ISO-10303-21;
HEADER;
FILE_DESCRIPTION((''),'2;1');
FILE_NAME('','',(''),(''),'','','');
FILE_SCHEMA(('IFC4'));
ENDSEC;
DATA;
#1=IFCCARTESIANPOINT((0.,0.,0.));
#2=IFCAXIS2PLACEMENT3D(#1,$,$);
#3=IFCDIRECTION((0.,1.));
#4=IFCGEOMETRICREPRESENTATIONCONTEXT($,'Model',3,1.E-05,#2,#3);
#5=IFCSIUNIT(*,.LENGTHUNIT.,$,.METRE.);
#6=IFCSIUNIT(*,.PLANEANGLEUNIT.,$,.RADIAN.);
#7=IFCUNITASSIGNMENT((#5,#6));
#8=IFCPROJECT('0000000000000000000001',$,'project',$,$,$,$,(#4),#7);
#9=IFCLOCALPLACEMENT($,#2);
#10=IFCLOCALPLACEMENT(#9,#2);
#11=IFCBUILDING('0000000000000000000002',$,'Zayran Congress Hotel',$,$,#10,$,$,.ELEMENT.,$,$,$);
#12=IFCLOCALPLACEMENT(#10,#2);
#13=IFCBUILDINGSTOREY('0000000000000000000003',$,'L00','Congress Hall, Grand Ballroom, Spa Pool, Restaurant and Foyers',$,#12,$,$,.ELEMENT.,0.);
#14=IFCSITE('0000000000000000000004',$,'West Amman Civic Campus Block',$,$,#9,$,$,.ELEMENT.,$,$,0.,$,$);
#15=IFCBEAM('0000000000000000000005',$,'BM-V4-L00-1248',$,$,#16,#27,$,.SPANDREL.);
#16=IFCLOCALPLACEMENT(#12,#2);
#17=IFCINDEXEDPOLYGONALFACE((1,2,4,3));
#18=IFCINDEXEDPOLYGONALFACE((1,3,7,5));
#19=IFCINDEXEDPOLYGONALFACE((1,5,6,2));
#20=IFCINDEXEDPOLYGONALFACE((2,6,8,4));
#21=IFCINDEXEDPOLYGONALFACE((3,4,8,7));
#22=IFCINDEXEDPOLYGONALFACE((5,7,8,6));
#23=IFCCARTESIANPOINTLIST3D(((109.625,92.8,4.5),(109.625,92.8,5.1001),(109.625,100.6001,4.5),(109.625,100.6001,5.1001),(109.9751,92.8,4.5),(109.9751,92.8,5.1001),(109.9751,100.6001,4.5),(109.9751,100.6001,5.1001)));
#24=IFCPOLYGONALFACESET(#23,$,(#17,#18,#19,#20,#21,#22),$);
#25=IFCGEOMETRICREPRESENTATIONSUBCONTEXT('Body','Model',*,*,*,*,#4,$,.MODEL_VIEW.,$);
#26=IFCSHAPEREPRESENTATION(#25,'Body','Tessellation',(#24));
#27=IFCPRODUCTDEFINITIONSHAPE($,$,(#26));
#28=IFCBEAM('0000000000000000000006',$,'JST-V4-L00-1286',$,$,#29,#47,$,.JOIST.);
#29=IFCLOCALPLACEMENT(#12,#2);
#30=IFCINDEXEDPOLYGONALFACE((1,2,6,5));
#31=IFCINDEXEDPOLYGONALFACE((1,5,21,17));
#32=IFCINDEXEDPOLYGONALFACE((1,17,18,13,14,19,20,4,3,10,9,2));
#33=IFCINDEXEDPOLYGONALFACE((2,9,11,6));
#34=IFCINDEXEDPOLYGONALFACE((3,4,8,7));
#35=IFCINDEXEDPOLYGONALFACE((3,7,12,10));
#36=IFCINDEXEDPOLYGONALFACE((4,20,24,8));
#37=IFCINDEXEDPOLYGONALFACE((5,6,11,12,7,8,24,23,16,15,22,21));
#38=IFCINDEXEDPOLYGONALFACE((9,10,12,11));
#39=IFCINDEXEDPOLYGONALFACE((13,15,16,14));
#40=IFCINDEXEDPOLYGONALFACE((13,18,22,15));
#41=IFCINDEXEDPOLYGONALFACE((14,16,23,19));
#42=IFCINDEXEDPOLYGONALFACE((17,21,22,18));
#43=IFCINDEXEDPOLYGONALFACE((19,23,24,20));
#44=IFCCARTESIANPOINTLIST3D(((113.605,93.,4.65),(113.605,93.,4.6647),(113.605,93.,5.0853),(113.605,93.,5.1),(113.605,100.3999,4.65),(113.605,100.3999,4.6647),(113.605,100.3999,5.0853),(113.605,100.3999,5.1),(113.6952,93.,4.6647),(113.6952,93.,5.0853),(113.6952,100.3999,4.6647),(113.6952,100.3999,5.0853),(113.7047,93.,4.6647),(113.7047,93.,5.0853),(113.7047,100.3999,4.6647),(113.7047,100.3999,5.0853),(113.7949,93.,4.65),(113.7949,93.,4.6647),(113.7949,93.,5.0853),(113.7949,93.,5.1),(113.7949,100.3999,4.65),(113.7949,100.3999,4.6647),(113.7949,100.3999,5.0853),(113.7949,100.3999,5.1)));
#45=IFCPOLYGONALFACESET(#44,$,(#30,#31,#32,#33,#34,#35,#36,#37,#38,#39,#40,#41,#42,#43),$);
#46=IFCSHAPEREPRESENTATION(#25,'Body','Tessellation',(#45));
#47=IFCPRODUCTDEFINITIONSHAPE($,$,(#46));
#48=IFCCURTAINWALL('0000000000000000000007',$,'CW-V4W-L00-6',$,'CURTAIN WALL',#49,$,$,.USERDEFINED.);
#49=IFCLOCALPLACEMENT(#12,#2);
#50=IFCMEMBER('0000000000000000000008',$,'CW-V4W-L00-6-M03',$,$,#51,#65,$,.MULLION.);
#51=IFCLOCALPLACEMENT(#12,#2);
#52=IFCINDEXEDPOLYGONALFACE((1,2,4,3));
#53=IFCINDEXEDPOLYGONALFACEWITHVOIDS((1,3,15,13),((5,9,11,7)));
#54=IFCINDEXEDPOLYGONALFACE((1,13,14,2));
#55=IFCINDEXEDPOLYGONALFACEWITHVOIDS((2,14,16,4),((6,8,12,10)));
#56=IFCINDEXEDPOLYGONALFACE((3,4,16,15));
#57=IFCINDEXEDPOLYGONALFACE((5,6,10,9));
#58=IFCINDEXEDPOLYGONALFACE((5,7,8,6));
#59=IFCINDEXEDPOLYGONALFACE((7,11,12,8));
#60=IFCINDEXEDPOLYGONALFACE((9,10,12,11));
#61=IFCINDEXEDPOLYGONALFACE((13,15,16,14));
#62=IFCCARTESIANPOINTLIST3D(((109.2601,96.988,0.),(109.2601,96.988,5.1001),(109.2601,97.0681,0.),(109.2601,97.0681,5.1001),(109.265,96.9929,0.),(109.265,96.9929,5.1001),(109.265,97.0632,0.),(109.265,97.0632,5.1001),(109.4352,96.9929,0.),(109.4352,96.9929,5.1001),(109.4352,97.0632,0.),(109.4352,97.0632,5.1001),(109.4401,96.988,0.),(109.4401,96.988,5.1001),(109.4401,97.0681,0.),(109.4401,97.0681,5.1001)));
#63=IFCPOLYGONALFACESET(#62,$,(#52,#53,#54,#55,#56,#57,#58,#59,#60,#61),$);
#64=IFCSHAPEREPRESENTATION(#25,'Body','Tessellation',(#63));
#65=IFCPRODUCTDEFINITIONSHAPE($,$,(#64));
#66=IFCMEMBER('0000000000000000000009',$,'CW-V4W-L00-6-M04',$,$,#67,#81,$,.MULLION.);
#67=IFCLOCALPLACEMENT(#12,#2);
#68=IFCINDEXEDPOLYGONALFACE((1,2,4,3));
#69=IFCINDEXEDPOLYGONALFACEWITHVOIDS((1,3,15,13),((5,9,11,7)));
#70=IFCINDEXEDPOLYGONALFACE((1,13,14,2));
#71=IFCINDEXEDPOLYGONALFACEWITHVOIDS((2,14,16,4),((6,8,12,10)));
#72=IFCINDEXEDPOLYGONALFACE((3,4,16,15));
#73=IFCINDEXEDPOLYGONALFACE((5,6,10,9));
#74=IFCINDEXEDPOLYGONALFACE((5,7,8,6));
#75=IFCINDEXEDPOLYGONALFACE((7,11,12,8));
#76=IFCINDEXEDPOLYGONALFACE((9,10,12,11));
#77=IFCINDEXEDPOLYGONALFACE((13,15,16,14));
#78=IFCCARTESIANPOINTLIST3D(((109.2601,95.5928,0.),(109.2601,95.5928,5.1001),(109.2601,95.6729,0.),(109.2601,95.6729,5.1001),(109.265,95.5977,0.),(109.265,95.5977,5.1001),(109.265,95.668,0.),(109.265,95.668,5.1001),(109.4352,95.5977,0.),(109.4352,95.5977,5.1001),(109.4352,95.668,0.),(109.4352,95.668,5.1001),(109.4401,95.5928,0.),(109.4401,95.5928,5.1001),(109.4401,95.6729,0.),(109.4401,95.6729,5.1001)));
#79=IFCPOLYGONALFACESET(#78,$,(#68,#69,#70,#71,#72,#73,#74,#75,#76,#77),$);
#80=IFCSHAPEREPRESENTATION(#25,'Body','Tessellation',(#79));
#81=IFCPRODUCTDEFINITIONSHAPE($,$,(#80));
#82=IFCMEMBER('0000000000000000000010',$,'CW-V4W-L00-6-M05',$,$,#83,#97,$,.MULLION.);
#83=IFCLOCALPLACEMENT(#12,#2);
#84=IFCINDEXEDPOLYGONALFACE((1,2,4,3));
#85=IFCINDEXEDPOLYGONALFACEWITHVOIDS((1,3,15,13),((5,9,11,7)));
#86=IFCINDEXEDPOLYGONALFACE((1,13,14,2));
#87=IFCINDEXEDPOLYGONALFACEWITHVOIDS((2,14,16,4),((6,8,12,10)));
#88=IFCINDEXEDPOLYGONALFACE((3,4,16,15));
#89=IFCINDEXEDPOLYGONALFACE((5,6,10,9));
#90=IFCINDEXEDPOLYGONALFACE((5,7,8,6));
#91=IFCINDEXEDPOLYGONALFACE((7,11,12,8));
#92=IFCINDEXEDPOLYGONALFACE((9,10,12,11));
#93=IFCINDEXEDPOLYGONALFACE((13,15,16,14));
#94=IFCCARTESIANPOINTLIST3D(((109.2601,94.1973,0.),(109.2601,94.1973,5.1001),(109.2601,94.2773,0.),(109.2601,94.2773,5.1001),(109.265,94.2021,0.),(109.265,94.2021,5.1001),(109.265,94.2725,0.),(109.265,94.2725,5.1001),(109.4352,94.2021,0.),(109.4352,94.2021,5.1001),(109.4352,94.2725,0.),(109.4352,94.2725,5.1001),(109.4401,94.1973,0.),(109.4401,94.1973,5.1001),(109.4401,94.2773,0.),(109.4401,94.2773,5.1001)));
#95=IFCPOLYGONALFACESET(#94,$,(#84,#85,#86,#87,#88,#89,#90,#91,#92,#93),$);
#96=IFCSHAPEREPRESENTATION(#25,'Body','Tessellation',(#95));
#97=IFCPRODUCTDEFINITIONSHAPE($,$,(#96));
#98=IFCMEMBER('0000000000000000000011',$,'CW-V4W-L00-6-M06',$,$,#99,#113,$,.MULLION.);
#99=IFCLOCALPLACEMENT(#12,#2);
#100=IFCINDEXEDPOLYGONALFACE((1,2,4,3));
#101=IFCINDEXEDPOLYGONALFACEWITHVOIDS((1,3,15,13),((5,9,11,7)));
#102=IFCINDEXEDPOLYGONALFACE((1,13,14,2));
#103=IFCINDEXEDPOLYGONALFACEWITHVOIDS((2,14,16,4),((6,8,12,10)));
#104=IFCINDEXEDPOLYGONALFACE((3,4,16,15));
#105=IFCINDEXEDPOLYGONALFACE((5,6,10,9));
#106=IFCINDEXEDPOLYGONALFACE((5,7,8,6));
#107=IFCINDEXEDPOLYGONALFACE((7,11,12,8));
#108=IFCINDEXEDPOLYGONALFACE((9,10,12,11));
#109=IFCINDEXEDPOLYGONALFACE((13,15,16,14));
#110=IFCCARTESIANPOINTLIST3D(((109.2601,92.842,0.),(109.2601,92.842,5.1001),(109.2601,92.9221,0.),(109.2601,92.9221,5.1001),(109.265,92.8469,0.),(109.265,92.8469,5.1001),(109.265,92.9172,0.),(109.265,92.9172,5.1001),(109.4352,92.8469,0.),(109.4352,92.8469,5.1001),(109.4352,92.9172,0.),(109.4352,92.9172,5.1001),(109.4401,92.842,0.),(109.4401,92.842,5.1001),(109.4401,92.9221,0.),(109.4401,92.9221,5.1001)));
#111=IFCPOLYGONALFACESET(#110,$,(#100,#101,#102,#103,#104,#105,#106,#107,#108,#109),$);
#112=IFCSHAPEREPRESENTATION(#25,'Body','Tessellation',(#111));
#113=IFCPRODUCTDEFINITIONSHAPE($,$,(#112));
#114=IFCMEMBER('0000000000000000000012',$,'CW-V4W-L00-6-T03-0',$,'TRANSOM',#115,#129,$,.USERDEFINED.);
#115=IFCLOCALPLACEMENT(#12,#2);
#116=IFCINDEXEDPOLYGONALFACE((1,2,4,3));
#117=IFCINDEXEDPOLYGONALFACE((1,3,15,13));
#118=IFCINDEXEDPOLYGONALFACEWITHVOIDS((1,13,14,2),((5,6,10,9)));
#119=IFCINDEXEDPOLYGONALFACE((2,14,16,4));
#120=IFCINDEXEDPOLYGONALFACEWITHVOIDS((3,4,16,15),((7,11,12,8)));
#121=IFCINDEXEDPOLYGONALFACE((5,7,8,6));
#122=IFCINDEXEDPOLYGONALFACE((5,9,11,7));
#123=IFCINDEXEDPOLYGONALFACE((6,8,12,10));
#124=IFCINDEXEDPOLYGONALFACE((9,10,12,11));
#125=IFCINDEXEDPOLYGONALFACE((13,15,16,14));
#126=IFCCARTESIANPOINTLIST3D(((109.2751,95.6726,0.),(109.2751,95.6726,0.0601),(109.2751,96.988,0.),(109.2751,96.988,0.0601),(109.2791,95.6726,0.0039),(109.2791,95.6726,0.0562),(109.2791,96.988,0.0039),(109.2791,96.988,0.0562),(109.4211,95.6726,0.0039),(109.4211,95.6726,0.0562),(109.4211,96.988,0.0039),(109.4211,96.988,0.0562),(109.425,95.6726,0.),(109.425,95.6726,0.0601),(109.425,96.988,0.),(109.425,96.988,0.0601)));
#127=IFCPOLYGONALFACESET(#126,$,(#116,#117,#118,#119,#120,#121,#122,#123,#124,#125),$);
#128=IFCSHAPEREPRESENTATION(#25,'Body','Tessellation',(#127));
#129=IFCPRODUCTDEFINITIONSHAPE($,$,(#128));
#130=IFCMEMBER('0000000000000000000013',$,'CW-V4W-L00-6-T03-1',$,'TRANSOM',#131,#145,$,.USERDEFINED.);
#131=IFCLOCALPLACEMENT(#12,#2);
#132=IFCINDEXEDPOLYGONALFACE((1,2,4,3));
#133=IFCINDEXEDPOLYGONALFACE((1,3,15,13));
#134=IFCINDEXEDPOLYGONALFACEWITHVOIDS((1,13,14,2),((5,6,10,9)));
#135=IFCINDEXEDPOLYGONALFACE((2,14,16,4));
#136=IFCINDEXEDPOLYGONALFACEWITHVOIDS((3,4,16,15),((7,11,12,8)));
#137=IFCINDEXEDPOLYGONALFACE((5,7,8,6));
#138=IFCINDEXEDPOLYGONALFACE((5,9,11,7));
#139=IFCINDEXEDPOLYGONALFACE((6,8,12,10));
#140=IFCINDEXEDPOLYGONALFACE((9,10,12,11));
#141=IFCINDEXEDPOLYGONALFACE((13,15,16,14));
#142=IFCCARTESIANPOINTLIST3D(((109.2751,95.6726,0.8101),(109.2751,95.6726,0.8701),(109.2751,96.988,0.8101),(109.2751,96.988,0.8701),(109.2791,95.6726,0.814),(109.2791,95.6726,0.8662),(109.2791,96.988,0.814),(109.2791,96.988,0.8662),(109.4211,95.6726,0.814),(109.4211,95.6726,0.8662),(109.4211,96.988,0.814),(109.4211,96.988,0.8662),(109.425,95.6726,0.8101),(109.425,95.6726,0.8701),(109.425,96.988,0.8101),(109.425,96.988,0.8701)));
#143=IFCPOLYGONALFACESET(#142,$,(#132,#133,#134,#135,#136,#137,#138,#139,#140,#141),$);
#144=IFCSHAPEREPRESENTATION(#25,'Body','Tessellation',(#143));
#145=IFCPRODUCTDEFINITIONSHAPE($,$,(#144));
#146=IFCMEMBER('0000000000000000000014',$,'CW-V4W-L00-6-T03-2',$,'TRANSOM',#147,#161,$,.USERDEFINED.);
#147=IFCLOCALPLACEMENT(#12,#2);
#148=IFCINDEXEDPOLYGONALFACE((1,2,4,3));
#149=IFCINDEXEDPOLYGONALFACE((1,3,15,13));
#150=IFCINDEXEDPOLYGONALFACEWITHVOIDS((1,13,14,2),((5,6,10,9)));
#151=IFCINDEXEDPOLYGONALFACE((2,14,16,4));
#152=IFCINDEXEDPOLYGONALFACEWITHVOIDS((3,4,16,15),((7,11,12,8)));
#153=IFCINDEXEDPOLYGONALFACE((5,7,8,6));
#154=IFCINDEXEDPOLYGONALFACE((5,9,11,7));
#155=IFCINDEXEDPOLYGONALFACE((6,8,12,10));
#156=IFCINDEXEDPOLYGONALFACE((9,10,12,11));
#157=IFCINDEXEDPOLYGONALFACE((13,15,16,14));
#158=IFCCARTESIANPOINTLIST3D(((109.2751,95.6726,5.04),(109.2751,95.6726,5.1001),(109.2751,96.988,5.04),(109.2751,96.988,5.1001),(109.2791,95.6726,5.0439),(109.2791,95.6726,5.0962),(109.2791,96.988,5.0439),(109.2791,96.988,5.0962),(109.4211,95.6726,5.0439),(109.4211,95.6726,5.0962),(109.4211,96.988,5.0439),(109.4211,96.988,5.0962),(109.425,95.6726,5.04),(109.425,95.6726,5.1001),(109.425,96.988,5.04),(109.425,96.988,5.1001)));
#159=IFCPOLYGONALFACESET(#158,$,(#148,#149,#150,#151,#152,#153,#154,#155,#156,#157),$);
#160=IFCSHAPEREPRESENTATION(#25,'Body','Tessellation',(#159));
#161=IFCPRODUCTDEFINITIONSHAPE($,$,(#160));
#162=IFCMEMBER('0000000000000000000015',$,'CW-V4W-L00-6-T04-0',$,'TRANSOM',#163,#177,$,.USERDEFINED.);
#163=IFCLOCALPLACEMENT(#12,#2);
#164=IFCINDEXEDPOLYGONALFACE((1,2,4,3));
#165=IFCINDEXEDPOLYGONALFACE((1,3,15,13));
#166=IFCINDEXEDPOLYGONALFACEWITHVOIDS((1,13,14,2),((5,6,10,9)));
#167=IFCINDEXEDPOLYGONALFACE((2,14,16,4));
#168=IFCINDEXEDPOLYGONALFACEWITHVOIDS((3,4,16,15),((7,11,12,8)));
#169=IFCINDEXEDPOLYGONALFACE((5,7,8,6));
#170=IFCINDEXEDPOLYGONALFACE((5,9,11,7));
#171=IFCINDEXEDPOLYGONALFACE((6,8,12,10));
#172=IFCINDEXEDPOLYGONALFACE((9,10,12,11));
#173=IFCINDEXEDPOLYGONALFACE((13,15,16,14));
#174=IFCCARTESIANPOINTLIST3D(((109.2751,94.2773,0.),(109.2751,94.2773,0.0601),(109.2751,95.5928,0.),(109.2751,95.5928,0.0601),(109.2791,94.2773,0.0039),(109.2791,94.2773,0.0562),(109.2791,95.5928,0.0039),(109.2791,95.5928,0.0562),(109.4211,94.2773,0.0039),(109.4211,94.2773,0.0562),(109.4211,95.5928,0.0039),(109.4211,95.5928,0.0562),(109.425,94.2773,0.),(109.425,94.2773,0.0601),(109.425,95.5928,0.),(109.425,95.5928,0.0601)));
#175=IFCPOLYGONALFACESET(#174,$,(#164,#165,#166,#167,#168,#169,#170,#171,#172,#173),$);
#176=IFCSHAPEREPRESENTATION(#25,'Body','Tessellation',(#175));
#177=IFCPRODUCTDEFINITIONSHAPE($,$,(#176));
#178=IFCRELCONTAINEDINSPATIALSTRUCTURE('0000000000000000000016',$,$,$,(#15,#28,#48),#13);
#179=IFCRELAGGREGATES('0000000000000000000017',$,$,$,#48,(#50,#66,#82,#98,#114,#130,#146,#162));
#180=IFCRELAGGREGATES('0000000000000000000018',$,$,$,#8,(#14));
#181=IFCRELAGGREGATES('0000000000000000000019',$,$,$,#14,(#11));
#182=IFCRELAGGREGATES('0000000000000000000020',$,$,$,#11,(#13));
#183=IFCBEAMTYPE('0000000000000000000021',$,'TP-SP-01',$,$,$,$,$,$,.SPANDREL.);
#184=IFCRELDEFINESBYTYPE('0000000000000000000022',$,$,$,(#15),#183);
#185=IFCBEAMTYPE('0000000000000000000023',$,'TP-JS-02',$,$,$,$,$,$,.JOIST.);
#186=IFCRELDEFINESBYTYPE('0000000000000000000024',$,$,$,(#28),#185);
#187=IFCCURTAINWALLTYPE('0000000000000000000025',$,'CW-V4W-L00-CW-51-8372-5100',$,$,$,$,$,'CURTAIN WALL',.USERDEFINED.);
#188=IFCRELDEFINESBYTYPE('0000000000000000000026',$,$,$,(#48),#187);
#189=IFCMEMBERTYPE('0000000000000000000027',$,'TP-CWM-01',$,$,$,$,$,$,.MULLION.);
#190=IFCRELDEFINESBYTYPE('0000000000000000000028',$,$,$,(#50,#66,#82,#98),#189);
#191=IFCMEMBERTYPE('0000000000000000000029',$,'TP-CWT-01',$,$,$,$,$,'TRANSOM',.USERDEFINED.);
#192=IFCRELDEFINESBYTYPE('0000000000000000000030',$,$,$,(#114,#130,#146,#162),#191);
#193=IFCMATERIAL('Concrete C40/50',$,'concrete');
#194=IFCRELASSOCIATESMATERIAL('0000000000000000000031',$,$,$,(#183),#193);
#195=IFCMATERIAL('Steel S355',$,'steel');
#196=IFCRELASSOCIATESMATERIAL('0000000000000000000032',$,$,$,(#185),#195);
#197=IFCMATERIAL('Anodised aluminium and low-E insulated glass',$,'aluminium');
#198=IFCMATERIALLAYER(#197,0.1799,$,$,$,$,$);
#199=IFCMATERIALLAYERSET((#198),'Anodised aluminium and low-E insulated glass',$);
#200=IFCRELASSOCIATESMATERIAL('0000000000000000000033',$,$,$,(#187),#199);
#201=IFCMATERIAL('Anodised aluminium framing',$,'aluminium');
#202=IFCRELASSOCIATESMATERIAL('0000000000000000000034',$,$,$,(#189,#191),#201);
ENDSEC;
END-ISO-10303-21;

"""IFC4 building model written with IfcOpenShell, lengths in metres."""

from ifc_helpers import new_model, si_unit, direction, frame, origin, origin_2d, place, context, subcontext, project, spatial, rectangle, hollow_rectangle, i_section, extrude, material, layer, layer_set, material_profile, profile_set, type_object, element, aggregate, save


model = new_model("IFC4")

# Units and contexts
model_context = context("Model", 3, precision=1e-05, world=origin(), true_north=direction((0.0, 1.0)))
body_context = subcontext(model_context, "Body", "Model", "MODEL_VIEW")
ifc_project = project(units=[si_unit("LENGTHUNIT", "METRE"), si_unit("PLANEANGLEUNIT", "RADIAN")], contexts=[model_context])

# Site, building, storey
site_placement = place(None, origin())
site = spatial("IfcSite", under=ifc_project, at=site_placement, Name="West Amman Civic Campus Block", CompositionType="ELEMENT", RefElevation=0.0)
building_placement = place(site_placement, origin())
building = spatial("IfcBuilding", under=site, at=building_placement, Name="Zayran Congress Hotel", CompositionType="ELEMENT")
storey_placement = place(building_placement, origin())
storey = spatial("IfcBuildingStorey", under=building, at=storey_placement, Name="L00", Description="Congress Hall, Grand Ballroom, Spa Pool, Restaurant and Foyers", CompositionType="ELEMENT", Elevation=0.0)

# Beams
ifc_material_1 = material(Name="Concrete C40/50", Category="concrete")
ifc_material_profile_1 = material_profile(ifc_material_1, rectangle(XDim=0.3501, YDim=0.6001, at=origin_2d()), Name="RC 350x600")
ifc_profile_set_1 = profile_set([ifc_material_profile_1], Name="Concrete C40/50")
beam_type_1 = type_object("IfcBeamType", Name="TP-SP-01", PredefinedType="SPANDREL", material=ifc_profile_set_1)
beam_1_placement = place(storey_placement, frame((109.8, 92.8, 4.8), z_axis=(0.0, 1.0, 0.0), x_axis=(-1.0, 0.0, 0.0)))
element("IfcBeam", 1, at=beam_1_placement, inside=storey, type_object=beam_type_1, Name="BM-V4-L00-1248", PredefinedType="SPANDREL", context=body_context, shape_type="SweptSolid", body=[
    extrude(rectangle(XDim=0.3501, YDim=0.6001, at=origin_2d()), origin(), (0.0, 0.0, 1.0), 7.8),
])
ifc_material_2 = material(Name="Steel S355", Category="steel")
ifc_material_profile_2 = material_profile(ifc_material_2, i_section(OverallWidth=0.1899, OverallDepth=0.45, WebThickness=0.0095, FlangeThickness=0.0146, at=origin_2d()), Name="IPE 450")
ifc_profile_set_2 = profile_set([ifc_material_profile_2], Name="Steel S355")
beam_type_2 = type_object("IfcBeamType", Name="TP-JS-02", PredefinedType="JOIST", material=ifc_profile_set_2)
beam_2_placement = place(storey_placement, frame((113.7, 93.0, 4.875), z_axis=(0.0, 1.0, 0.0), x_axis=(-1.0, 0.0, 0.0)))
element("IfcBeam", 2, at=beam_2_placement, inside=storey, type_object=beam_type_2, Name="JST-V4-L00-1286", PredefinedType="JOIST", context=body_context, shape_type="SweptSolid", body=[
    extrude(i_section(OverallWidth=0.1899, OverallDepth=0.45, WebThickness=0.0095, FlangeThickness=0.0146, at=origin_2d()), origin(), (0.0, 0.0, 1.0), 7.3999),
])

# Curtain wall, members
ifc_material_3 = material(Name="Anodised aluminium and low-E insulated glass", Category="aluminium")
ifc_layer_1 = layer(ifc_material_3, 0.1799)
ifc_layer_set_1 = layer_set([ifc_layer_1], Name="Anodised aluminium and low-E insulated glass")
curtain_wall_type = type_object("IfcCurtainWallType", Name="CW-V4W-L00-CW-51-8372-5100", ElementType="CURTAIN WALL", PredefinedType="USERDEFINED", material=ifc_layer_set_1)
curtain_wall_placement = place(storey_placement, origin())
curtain_wall = element("IfcCurtainWall", 3, at=curtain_wall_placement, inside=storey, type_object=curtain_wall_type, Name="CW-V4W-L00-6", ObjectType="CURTAIN WALL", PredefinedType="USERDEFINED")
ifc_material_4 = material(Name="Anodised aluminium framing", Category="aluminium")
ifc_material_profile_3 = material_profile(ifc_material_4, hollow_rectangle(XDim=0.0801, YDim=0.1799, WallThickness=0.0049, at=origin_2d()), Name="RHS 180x80x5")
ifc_profile_set_3 = profile_set([ifc_material_profile_3], Name="Anodised aluminium framing")
member_type_1 = type_object("IfcMemberType", Name="TP-CWM-01", PredefinedType="MULLION", material=ifc_profile_set_3)
member_1_placement = place(storey_placement, frame((109.3501, 97.0281, 0.0), z_axis=(0.0, 0.0, 1.0), x_axis=(0.0, 1.0, 0.0)))
member_1 = element("IfcMember", 4, at=member_1_placement, type_object=member_type_1, Name="CW-V4W-L00-6-M03", PredefinedType="MULLION", context=body_context, shape_type="SweptSolid", body=[
    extrude(hollow_rectangle(XDim=0.0801, YDim=0.1799, WallThickness=0.0049, at=origin_2d()), origin(), (0.0, 0.0, 1.0), 5.1001),
])
member_2_placement = place(storey_placement, frame((109.3501, 95.6328, 0.0), z_axis=(0.0, 0.0, 1.0), x_axis=(0.0, 1.0, 0.0)))
member_2 = element("IfcMember", 5, at=member_2_placement, type_object=member_type_1, Name="CW-V4W-L00-6-M04", PredefinedType="MULLION", context=body_context, shape_type="SweptSolid", body=[
    extrude(hollow_rectangle(XDim=0.0801, YDim=0.1799, WallThickness=0.0049, at=origin_2d()), origin(), (0.0, 0.0, 1.0), 5.1001),
])
member_3_placement = place(storey_placement, frame((109.3501, 94.2373, 0.0), z_axis=(0.0, 0.0, 1.0), x_axis=(0.0, 1.0, 0.0)))
member_3 = element("IfcMember", 6, at=member_3_placement, type_object=member_type_1, Name="CW-V4W-L00-6-M05", PredefinedType="MULLION", context=body_context, shape_type="SweptSolid", body=[
    extrude(hollow_rectangle(XDim=0.0801, YDim=0.1799, WallThickness=0.0049, at=origin_2d()), origin(), (0.0, 0.0, 1.0), 5.1001),
])
member_4_placement = place(storey_placement, frame((109.3501, 92.8821, 0.0), z_axis=(0.0, 0.0, 1.0), x_axis=(0.0, 1.0, 0.0)))
member_4 = element("IfcMember", 7, at=member_4_placement, type_object=member_type_1, Name="CW-V4W-L00-6-M06", PredefinedType="MULLION", context=body_context, shape_type="SweptSolid", body=[
    extrude(hollow_rectangle(XDim=0.0801, YDim=0.1799, WallThickness=0.0049, at=origin_2d()), origin(), (0.0, 0.0, 1.0), 5.1001),
])
ifc_material_profile_4 = material_profile(ifc_material_4, hollow_rectangle(XDim=0.0601, YDim=0.1499, WallThickness=0.0039, at=origin_2d()), Name="RHS 150x60x4")
ifc_profile_set_4 = profile_set([ifc_material_profile_4], Name="Anodised aluminium framing")
member_type_2 = type_object("IfcMemberType", Name="TP-CWT-01", ElementType="TRANSOM", PredefinedType="USERDEFINED", material=ifc_profile_set_4)
member_5_placement = place(storey_placement, frame((109.3501, 96.988, 0.03), z_axis=(0.0, -1.0, 0.0), x_axis=(0.0, 0.0, 1.0)))
member_5 = element("IfcMember", 8, at=member_5_placement, type_object=member_type_2, Name="CW-V4W-L00-6-T03-0", ObjectType="TRANSOM", PredefinedType="USERDEFINED", context=body_context, shape_type="SweptSolid", body=[
    extrude(hollow_rectangle(XDim=0.0601, YDim=0.1499, WallThickness=0.0039, at=origin_2d()), origin(), (0.0, 0.0, 1.0), 1.3154),
])
member_6_placement = place(storey_placement, frame((109.3501, 96.988, 0.8401), z_axis=(0.0, -1.0, 0.0), x_axis=(0.0, 0.0, 1.0)))
member_6 = element("IfcMember", 9, at=member_6_placement, type_object=member_type_2, Name="CW-V4W-L00-6-T03-1", ObjectType="TRANSOM", PredefinedType="USERDEFINED", context=body_context, shape_type="SweptSolid", body=[
    extrude(hollow_rectangle(XDim=0.0601, YDim=0.1499, WallThickness=0.0039, at=origin_2d()), origin(), (0.0, 0.0, 1.0), 1.3154),
])
member_7_placement = place(storey_placement, frame((109.3501, 96.988, 5.0701), z_axis=(0.0, -1.0, 0.0), x_axis=(0.0, 0.0, 1.0)))
member_7 = element("IfcMember", 10, at=member_7_placement, type_object=member_type_2, Name="CW-V4W-L00-6-T03-2", ObjectType="TRANSOM", PredefinedType="USERDEFINED", context=body_context, shape_type="SweptSolid", body=[
    extrude(hollow_rectangle(XDim=0.0601, YDim=0.1499, WallThickness=0.0039, at=origin_2d()), origin(), (0.0, 0.0, 1.0), 1.3154),
])
member_8_placement = place(storey_placement, frame((109.3501, 95.5928, 0.03), z_axis=(0.0, -1.0, 0.0), x_axis=(0.0, 0.0, 1.0)))
member_8 = element("IfcMember", 11, at=member_8_placement, type_object=member_type_2, Name="CW-V4W-L00-6-T04-0", ObjectType="TRANSOM", PredefinedType="USERDEFINED", context=body_context, shape_type="SweptSolid", body=[
    extrude(hollow_rectangle(XDim=0.0601, YDim=0.1499, WallThickness=0.0039, at=origin_2d()), origin(), (0.0, 0.0, 1.0), 1.3154),
])
aggregate(curtain_wall, [member_1, member_2, member_3, member_4, member_5, member_6, member_7, member_8])

save(model, "model.ifc")
